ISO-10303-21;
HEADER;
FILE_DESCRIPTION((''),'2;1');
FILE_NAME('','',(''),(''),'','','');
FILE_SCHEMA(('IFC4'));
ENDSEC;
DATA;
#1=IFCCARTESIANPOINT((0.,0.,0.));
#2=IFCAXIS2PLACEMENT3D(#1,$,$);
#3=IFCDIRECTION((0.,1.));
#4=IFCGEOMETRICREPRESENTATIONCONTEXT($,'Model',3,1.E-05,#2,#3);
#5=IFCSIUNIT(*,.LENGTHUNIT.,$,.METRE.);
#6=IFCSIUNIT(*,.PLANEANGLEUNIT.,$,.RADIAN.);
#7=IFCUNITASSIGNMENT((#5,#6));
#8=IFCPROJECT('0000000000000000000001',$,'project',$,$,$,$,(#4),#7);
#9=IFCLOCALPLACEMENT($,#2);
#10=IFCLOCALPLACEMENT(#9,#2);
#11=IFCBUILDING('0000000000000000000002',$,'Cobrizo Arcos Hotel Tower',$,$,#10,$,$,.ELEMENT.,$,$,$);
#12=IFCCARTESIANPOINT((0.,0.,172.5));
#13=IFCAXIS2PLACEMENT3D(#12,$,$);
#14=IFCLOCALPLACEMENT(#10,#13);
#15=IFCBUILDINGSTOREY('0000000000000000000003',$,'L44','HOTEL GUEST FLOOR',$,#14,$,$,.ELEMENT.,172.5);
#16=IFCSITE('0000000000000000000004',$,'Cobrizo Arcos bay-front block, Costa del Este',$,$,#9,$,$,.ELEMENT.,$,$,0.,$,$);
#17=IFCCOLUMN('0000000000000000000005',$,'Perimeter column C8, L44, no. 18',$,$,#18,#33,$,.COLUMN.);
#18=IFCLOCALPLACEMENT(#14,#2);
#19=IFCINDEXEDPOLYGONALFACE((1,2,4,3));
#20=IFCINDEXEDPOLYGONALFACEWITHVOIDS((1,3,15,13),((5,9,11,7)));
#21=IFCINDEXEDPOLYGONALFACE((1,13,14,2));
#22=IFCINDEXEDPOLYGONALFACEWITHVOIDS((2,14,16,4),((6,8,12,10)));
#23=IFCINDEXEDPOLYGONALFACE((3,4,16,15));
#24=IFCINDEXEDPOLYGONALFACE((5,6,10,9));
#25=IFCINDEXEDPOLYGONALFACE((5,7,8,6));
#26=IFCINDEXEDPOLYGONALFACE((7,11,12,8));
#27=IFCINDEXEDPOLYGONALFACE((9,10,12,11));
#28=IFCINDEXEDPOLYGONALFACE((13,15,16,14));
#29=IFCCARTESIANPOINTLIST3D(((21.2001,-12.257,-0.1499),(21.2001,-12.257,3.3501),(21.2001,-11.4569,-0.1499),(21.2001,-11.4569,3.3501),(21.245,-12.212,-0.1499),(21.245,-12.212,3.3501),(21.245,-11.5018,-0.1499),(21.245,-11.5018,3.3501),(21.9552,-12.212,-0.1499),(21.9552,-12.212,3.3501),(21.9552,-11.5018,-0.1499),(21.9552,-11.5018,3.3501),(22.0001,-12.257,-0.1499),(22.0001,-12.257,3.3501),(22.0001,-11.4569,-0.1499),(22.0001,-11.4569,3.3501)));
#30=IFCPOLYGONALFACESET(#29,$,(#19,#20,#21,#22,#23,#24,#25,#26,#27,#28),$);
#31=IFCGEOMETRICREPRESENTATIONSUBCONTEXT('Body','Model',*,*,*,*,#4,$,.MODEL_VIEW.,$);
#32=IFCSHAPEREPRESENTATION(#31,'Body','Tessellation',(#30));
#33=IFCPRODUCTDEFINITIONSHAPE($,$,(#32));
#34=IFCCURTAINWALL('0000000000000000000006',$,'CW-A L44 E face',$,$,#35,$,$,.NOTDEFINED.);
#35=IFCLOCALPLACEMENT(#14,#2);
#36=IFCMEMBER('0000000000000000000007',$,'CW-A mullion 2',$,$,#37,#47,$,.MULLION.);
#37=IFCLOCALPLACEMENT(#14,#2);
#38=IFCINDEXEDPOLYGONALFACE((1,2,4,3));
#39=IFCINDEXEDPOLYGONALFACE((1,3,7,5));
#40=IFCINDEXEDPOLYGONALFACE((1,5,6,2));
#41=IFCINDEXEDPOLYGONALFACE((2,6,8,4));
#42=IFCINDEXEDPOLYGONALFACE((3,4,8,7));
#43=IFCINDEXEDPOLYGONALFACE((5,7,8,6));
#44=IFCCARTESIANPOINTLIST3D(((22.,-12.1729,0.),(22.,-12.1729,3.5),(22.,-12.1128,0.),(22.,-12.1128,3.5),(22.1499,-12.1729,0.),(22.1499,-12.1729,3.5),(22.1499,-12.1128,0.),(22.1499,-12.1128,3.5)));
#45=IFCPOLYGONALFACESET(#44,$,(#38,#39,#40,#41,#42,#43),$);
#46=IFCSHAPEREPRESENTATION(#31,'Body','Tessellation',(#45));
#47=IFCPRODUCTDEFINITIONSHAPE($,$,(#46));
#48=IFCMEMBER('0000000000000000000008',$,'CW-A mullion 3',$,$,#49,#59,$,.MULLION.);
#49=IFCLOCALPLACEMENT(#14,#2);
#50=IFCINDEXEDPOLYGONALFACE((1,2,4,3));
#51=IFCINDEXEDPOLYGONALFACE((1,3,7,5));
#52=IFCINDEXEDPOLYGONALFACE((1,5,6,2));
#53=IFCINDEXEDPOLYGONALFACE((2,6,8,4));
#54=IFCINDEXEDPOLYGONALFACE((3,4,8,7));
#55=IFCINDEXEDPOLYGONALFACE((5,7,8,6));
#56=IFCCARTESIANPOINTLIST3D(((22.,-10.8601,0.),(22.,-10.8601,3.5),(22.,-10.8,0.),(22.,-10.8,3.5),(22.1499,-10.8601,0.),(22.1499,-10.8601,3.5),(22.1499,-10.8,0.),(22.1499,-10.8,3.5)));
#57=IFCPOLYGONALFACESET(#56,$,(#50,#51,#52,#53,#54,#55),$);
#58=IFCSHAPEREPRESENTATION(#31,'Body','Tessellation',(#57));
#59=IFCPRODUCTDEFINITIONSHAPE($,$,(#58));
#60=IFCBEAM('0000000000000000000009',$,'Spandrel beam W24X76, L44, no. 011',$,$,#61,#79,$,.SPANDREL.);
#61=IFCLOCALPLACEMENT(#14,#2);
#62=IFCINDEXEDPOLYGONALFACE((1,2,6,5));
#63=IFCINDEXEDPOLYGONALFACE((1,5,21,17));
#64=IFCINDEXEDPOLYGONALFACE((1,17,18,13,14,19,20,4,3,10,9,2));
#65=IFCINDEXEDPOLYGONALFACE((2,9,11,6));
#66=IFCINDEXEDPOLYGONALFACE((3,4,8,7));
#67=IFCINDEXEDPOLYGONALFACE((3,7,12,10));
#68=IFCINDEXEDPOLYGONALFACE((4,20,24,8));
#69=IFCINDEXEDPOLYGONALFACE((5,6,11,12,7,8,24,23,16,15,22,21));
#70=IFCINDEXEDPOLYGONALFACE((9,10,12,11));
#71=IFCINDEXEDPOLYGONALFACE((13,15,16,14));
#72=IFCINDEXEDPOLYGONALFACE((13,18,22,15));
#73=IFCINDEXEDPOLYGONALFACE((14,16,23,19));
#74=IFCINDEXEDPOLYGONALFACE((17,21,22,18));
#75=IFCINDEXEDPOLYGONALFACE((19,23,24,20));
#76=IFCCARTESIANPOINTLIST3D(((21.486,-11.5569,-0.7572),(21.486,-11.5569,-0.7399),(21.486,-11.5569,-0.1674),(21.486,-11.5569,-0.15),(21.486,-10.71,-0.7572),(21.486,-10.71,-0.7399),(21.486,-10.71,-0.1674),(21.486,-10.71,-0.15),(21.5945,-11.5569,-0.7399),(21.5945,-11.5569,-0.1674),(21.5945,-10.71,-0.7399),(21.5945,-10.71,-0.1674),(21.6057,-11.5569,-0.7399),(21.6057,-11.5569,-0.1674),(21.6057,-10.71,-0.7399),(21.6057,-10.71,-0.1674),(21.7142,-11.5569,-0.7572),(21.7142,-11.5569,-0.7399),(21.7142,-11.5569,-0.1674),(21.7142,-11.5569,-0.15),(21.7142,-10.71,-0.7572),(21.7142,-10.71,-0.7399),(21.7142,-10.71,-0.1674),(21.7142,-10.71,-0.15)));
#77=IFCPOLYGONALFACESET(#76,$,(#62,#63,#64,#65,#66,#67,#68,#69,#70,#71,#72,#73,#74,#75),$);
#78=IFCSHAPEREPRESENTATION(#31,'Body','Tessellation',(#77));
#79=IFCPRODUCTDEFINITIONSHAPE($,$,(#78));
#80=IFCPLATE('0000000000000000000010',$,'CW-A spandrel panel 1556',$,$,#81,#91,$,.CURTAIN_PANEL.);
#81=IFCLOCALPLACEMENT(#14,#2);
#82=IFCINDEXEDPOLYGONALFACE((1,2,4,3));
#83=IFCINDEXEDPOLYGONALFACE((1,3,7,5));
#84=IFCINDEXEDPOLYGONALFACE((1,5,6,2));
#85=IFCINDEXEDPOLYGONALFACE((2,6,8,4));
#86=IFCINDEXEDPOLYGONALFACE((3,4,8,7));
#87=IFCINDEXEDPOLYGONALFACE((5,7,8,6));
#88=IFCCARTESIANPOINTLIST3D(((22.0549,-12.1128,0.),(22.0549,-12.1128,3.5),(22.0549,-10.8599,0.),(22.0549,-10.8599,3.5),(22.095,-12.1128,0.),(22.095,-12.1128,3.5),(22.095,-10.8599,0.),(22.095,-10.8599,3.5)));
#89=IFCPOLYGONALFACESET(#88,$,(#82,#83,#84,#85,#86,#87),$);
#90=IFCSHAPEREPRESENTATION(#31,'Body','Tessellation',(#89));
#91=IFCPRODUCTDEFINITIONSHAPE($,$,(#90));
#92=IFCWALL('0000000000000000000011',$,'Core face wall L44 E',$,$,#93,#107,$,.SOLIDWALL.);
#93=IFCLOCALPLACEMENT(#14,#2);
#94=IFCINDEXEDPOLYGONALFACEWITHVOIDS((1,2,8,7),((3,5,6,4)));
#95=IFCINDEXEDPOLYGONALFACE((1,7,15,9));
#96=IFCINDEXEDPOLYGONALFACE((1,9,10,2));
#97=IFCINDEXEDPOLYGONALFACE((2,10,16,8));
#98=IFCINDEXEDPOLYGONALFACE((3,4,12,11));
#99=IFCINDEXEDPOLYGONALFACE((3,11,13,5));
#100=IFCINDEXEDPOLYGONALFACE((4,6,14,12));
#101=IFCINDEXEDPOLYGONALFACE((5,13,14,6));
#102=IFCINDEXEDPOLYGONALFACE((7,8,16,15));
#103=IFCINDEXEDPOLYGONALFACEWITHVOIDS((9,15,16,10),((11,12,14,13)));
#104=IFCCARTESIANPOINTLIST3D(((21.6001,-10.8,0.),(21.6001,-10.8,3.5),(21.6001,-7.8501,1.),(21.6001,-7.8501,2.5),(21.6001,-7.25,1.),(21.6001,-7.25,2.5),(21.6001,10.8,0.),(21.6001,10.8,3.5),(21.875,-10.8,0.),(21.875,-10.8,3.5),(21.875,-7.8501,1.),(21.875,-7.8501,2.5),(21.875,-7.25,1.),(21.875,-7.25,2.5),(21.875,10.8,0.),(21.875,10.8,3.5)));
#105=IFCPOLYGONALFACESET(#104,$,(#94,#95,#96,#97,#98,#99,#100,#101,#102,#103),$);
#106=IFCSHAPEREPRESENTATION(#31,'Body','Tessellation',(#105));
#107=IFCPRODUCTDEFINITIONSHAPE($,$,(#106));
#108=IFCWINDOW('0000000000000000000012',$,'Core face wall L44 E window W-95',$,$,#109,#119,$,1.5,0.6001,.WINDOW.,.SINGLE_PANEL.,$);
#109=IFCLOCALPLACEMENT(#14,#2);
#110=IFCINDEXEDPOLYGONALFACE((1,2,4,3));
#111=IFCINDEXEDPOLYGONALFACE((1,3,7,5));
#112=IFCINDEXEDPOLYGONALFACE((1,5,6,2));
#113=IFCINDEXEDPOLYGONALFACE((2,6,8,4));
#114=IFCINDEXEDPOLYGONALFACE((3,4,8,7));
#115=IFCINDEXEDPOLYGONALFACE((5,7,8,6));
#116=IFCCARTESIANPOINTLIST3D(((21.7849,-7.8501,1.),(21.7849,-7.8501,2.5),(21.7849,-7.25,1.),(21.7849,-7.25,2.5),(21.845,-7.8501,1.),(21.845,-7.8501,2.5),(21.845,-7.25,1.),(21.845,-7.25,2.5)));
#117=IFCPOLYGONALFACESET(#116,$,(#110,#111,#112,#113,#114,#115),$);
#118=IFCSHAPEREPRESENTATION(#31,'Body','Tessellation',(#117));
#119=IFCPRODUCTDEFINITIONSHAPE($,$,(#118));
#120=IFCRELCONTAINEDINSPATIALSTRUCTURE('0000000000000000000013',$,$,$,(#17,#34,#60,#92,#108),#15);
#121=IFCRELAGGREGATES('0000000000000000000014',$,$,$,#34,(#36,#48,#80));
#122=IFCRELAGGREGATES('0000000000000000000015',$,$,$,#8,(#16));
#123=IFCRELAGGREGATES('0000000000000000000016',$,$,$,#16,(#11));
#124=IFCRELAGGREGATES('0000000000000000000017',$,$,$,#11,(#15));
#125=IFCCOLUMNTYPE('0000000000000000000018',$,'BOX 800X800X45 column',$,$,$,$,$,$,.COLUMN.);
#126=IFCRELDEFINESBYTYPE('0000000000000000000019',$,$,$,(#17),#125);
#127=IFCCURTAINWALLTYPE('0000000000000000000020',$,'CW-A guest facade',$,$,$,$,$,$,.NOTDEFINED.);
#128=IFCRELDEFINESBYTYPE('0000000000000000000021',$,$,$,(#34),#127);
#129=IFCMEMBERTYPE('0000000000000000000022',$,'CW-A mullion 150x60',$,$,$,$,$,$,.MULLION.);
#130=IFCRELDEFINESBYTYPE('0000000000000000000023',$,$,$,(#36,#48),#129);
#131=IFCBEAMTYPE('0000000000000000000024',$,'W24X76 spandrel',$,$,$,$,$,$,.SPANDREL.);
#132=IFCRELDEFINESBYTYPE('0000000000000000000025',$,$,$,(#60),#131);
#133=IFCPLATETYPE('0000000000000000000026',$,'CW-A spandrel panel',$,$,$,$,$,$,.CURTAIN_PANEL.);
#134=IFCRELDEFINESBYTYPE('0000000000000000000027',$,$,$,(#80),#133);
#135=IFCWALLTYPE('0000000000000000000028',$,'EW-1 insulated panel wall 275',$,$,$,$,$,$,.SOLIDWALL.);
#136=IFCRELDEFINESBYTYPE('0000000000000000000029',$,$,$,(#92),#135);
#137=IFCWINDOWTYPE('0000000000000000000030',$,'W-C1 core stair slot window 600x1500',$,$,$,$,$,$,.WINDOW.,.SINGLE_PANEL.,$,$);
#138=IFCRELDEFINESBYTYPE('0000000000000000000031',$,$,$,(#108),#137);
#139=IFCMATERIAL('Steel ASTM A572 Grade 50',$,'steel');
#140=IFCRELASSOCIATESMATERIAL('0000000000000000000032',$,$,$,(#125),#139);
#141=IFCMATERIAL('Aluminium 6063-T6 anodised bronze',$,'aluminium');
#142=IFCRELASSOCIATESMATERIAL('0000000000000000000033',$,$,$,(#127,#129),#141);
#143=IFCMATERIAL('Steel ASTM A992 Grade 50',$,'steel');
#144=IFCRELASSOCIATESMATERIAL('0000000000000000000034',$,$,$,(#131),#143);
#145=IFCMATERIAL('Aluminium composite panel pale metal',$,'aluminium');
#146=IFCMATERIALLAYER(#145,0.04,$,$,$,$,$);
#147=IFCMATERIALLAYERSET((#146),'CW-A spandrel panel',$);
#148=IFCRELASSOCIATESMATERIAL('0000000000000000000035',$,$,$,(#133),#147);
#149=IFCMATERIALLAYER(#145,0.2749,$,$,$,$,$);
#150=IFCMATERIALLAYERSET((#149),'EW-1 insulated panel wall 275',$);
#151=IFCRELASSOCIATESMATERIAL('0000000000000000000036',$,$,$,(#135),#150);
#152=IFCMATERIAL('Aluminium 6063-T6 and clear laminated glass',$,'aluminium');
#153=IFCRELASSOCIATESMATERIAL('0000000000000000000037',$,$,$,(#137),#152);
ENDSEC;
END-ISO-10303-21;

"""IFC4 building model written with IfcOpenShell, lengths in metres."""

from ifc_helpers import new_model, si_unit, direction, frame, frame_2d, origin, origin_2d, place, context, subcontext, project, spatial, rectangle, hollow_rectangle, i_section, extrude, material, layer, layer_set, material_profile, profile_set, type_object, element, fill, aggregate, save


model = new_model("IFC4")

# Units and contexts
model_context = context("Model", 3, precision=1e-05, world=origin(), true_north=direction((0.0, 1.0)))
body_context = subcontext(model_context, "Body", "Model", "MODEL_VIEW")
ifc_project = project(units=[si_unit("LENGTHUNIT", "METRE"), si_unit("PLANEANGLEUNIT", "RADIAN")], contexts=[model_context])

# Site, building, storey
site_placement = place(None, origin())
site = spatial("IfcSite", under=ifc_project, at=site_placement, Name="Cobrizo Arcos bay-front block, Costa del Este", CompositionType="ELEMENT", RefElevation=0.0)
building_placement = place(site_placement, origin())
building = spatial("IfcBuilding", under=site, at=building_placement, Name="Cobrizo Arcos Hotel Tower", CompositionType="ELEMENT")
storey_placement = place(building_placement, frame((0.0, 0.0, 172.5)))
storey = spatial("IfcBuildingStorey", under=building, at=storey_placement, Name="L44", Description="HOTEL GUEST FLOOR", CompositionType="ELEMENT", Elevation=172.5)

# Column
ifc_material_1 = material(Name="Steel ASTM A572 Grade 50", Category="steel")
ifc_material_profile_1 = material_profile(ifc_material_1, hollow_rectangle(XDim=0.8, YDim=0.8, WallThickness=0.0449, at=origin_2d()), Name="BOX 800X800X45")
ifc_profile_set_1 = profile_set([ifc_material_profile_1], Name="Steel ASTM A572 Grade 50")
column_type = type_object("IfcColumnType", Name="BOX 800X800X45 column", PredefinedType="COLUMN", material=ifc_profile_set_1)
column_placement = place(storey_placement, frame((21.6001, -11.8569, -0.1499), z_axis=(0.0, 0.0, 1.0), x_axis=(1.0, 0.0, 0.0)))
element("IfcColumn", 1, at=column_placement, inside=storey, type_object=column_type, Name="Perimeter column C8, L44, no. 18", PredefinedType="COLUMN", context=body_context, shape_type="SweptSolid", body=[
    extrude(hollow_rectangle(XDim=0.8, YDim=0.8, WallThickness=0.0449, at=origin_2d()), origin(), (0.0, 0.0, 1.0), 3.5),
])

# Curtain wall, members
ifc_material_2 = material(Name="Aluminium 6063-T6 anodised bronze", Category="aluminium")
curtain_wall_type = type_object("IfcCurtainWallType", Name="CW-A guest facade", PredefinedType="NOTDEFINED", material=ifc_material_2)
curtain_wall_placement = place(storey_placement, origin())
curtain_wall = element("IfcCurtainWall", 2, at=curtain_wall_placement, inside=storey, type_object=curtain_wall_type, Name="CW-A L44 E face", PredefinedType="NOTDEFINED")
ifc_material_profile_2 = material_profile(ifc_material_2, rectangle(XDim=0.1499, YDim=0.0601, at=origin_2d()), Name="CW-A mullion 150x60")
ifc_profile_set_2 = profile_set([ifc_material_profile_2], Name="Aluminium 6063-T6 anodised bronze")
member_type = type_object("IfcMemberType", Name="CW-A mullion 150x60", PredefinedType="MULLION", material=ifc_profile_set_2)
member_1_placement = place(storey_placement, frame((22.075, -12.1428, 0.0), z_axis=(0.0, 0.0, 1.0), x_axis=(1.0, 0.0, 0.0)))
member_1 = element("IfcMember", 3, at=member_1_placement, type_object=member_type, Name="CW-A mullion 2", PredefinedType="MULLION", context=body_context, shape_type="SweptSolid", body=[
    extrude(rectangle(XDim=0.1499, YDim=0.0601, at=origin_2d()), origin(), (0.0, 0.0, 1.0), 3.5),
])
member_2_placement = place(storey_placement, frame((22.075, -10.8301, 0.0), z_axis=(0.0, 0.0, 1.0), x_axis=(1.0, 0.0, 0.0)))
member_2 = element("IfcMember", 4, at=member_2_placement, type_object=member_type, Name="CW-A mullion 3", PredefinedType="MULLION", context=body_context, shape_type="SweptSolid", body=[
    extrude(rectangle(XDim=0.1499, YDim=0.0601, at=origin_2d()), origin(), (0.0, 0.0, 1.0), 3.5),
])

# Beam
ifc_material_3 = material(Name="Steel ASTM A992 Grade 50", Category="steel")
ifc_material_profile_3 = material_profile(ifc_material_3, i_section(OverallWidth=0.2283, OverallDepth=0.6072, WebThickness=0.0112, FlangeThickness=0.0173, at=origin_2d()), Name="W24X76")
ifc_profile_set_3 = profile_set([ifc_material_profile_3], Name="Steel ASTM A992 Grade 50")
beam_type = type_object("IfcBeamType", Name="W24X76 spandrel", PredefinedType="SPANDREL", material=ifc_profile_set_3)
beam_placement = place(storey_placement, frame((21.6001, -11.5569, -0.4536), z_axis=(0.0, 1.0, 0.0), x_axis=(-1.0, 0.0, 0.0)))
element("IfcBeam", 5, at=beam_placement, inside=storey, type_object=beam_type, Name="Spandrel beam W24X76, L44, no. 011", PredefinedType="SPANDREL", context=body_context, shape_type="SweptSolid", body=[
    extrude(i_section(OverallWidth=0.2283, OverallDepth=0.6072, WebThickness=0.0112, FlangeThickness=0.0173, at=origin_2d()), origin(), (0.0, 0.0, 1.0), 0.8469),
])

# Plate
ifc_material_4 = material(Name="Aluminium composite panel pale metal", Category="aluminium")
ifc_layer_1 = layer(ifc_material_4, 0.04)
ifc_layer_set_1 = layer_set([ifc_layer_1], Name="CW-A spandrel panel")
plate_type = type_object("IfcPlateType", Name="CW-A spandrel panel", PredefinedType="CURTAIN_PANEL", material=ifc_layer_set_1)
plate_placement = place(storey_placement, frame((22.075, -11.4863, 0.0), z_axis=(0.0, 0.0, 1.0), x_axis=(0.0, 1.0, 0.0)))
plate = element("IfcPlate", 6, at=plate_placement, type_object=plate_type, Name="CW-A spandrel panel 1556", PredefinedType="CURTAIN_PANEL", context=body_context, shape_type="SweptSolid", body=[
    extrude(rectangle(XDim=1.2529, YDim=0.04, at=origin_2d()), origin(), (0.0, 0.0, 1.0), 3.5),
])
aggregate(curtain_wall, [member_1, member_2, plate])

# Wall, opening, window
ifc_layer_2 = layer(ifc_material_4, 0.2749)
ifc_layer_set_2 = layer_set([ifc_layer_2], Name="EW-1 insulated panel wall 275")
wall_type_1 = type_object("IfcWallType", Name="EW-1 insulated panel wall 275", PredefinedType="SOLIDWALL", material=ifc_layer_set_2)
wall_1_placement = place(storey_placement, frame((21.7375, -10.8, 0.0), z_axis=(0.0, 0.0, 1.0), x_axis=(0.0, 1.0, 0.0)))
wall_1 = element("IfcWall", 7, at=wall_1_placement, inside=storey, type_object=wall_type_1, Name="Core face wall L44 E", PredefinedType="SOLIDWALL", context=body_context, shape_type="SweptSolid", body=[
    extrude(rectangle(XDim=21.6001, YDim=0.2749, at=frame_2d((10.8, 0.0))), origin(), (0.0, 0.0, 1.0), 3.5),
])
opening_1_placement = place(wall_1_placement, frame((2.95, 0.0, 1.0)))
opening_1 = element("IfcOpeningElement", 8, at=opening_1_placement, cuts=wall_1, PredefinedType="OPENING", context=body_context, shape_type="SweptSolid", body=[
    extrude(rectangle(XDim=0.6001, YDim=1.5, at=frame_2d((0.3, 0.75))), frame((0.0, 0.1494, 0.0), z_axis=(0.0, -1.0, 0.0), x_axis=(1.0, 0.0, 0.0)), (0.0, 0.0, 1.0), 0.2988),
])
ifc_material_5 = material(Name="Aluminium 6063-T6 and clear laminated glass", Category="aluminium")
window_type = type_object("IfcWindowType", Name="W-C1 core stair slot window 600x1500", PartitioningType="SINGLE_PANEL", PredefinedType="WINDOW", material=ifc_material_5)
window_placement = place(opening_1_placement, origin())
window = element("IfcWindow", 9, at=window_placement, inside=storey, type_object=window_type, Name="Core face wall L44 E window W-95", OverallHeight=1.5, OverallWidth=0.6001, PartitioningType="SINGLE_PANEL", PredefinedType="WINDOW", context=body_context, shape_type="SweptSolid", body=[
    extrude(rectangle(XDim=0.6001, YDim=1.5, at=frame_2d((0.3, 0.75))), frame((0.0, -0.0474, 0.0), z_axis=(0.0, -1.0, 0.0), x_axis=(1.0, 0.0, 0.0)), (0.0, 0.0, 1.0), 0.0601),
])
fill(opening_1, window)

save(model, "model.ifc")
